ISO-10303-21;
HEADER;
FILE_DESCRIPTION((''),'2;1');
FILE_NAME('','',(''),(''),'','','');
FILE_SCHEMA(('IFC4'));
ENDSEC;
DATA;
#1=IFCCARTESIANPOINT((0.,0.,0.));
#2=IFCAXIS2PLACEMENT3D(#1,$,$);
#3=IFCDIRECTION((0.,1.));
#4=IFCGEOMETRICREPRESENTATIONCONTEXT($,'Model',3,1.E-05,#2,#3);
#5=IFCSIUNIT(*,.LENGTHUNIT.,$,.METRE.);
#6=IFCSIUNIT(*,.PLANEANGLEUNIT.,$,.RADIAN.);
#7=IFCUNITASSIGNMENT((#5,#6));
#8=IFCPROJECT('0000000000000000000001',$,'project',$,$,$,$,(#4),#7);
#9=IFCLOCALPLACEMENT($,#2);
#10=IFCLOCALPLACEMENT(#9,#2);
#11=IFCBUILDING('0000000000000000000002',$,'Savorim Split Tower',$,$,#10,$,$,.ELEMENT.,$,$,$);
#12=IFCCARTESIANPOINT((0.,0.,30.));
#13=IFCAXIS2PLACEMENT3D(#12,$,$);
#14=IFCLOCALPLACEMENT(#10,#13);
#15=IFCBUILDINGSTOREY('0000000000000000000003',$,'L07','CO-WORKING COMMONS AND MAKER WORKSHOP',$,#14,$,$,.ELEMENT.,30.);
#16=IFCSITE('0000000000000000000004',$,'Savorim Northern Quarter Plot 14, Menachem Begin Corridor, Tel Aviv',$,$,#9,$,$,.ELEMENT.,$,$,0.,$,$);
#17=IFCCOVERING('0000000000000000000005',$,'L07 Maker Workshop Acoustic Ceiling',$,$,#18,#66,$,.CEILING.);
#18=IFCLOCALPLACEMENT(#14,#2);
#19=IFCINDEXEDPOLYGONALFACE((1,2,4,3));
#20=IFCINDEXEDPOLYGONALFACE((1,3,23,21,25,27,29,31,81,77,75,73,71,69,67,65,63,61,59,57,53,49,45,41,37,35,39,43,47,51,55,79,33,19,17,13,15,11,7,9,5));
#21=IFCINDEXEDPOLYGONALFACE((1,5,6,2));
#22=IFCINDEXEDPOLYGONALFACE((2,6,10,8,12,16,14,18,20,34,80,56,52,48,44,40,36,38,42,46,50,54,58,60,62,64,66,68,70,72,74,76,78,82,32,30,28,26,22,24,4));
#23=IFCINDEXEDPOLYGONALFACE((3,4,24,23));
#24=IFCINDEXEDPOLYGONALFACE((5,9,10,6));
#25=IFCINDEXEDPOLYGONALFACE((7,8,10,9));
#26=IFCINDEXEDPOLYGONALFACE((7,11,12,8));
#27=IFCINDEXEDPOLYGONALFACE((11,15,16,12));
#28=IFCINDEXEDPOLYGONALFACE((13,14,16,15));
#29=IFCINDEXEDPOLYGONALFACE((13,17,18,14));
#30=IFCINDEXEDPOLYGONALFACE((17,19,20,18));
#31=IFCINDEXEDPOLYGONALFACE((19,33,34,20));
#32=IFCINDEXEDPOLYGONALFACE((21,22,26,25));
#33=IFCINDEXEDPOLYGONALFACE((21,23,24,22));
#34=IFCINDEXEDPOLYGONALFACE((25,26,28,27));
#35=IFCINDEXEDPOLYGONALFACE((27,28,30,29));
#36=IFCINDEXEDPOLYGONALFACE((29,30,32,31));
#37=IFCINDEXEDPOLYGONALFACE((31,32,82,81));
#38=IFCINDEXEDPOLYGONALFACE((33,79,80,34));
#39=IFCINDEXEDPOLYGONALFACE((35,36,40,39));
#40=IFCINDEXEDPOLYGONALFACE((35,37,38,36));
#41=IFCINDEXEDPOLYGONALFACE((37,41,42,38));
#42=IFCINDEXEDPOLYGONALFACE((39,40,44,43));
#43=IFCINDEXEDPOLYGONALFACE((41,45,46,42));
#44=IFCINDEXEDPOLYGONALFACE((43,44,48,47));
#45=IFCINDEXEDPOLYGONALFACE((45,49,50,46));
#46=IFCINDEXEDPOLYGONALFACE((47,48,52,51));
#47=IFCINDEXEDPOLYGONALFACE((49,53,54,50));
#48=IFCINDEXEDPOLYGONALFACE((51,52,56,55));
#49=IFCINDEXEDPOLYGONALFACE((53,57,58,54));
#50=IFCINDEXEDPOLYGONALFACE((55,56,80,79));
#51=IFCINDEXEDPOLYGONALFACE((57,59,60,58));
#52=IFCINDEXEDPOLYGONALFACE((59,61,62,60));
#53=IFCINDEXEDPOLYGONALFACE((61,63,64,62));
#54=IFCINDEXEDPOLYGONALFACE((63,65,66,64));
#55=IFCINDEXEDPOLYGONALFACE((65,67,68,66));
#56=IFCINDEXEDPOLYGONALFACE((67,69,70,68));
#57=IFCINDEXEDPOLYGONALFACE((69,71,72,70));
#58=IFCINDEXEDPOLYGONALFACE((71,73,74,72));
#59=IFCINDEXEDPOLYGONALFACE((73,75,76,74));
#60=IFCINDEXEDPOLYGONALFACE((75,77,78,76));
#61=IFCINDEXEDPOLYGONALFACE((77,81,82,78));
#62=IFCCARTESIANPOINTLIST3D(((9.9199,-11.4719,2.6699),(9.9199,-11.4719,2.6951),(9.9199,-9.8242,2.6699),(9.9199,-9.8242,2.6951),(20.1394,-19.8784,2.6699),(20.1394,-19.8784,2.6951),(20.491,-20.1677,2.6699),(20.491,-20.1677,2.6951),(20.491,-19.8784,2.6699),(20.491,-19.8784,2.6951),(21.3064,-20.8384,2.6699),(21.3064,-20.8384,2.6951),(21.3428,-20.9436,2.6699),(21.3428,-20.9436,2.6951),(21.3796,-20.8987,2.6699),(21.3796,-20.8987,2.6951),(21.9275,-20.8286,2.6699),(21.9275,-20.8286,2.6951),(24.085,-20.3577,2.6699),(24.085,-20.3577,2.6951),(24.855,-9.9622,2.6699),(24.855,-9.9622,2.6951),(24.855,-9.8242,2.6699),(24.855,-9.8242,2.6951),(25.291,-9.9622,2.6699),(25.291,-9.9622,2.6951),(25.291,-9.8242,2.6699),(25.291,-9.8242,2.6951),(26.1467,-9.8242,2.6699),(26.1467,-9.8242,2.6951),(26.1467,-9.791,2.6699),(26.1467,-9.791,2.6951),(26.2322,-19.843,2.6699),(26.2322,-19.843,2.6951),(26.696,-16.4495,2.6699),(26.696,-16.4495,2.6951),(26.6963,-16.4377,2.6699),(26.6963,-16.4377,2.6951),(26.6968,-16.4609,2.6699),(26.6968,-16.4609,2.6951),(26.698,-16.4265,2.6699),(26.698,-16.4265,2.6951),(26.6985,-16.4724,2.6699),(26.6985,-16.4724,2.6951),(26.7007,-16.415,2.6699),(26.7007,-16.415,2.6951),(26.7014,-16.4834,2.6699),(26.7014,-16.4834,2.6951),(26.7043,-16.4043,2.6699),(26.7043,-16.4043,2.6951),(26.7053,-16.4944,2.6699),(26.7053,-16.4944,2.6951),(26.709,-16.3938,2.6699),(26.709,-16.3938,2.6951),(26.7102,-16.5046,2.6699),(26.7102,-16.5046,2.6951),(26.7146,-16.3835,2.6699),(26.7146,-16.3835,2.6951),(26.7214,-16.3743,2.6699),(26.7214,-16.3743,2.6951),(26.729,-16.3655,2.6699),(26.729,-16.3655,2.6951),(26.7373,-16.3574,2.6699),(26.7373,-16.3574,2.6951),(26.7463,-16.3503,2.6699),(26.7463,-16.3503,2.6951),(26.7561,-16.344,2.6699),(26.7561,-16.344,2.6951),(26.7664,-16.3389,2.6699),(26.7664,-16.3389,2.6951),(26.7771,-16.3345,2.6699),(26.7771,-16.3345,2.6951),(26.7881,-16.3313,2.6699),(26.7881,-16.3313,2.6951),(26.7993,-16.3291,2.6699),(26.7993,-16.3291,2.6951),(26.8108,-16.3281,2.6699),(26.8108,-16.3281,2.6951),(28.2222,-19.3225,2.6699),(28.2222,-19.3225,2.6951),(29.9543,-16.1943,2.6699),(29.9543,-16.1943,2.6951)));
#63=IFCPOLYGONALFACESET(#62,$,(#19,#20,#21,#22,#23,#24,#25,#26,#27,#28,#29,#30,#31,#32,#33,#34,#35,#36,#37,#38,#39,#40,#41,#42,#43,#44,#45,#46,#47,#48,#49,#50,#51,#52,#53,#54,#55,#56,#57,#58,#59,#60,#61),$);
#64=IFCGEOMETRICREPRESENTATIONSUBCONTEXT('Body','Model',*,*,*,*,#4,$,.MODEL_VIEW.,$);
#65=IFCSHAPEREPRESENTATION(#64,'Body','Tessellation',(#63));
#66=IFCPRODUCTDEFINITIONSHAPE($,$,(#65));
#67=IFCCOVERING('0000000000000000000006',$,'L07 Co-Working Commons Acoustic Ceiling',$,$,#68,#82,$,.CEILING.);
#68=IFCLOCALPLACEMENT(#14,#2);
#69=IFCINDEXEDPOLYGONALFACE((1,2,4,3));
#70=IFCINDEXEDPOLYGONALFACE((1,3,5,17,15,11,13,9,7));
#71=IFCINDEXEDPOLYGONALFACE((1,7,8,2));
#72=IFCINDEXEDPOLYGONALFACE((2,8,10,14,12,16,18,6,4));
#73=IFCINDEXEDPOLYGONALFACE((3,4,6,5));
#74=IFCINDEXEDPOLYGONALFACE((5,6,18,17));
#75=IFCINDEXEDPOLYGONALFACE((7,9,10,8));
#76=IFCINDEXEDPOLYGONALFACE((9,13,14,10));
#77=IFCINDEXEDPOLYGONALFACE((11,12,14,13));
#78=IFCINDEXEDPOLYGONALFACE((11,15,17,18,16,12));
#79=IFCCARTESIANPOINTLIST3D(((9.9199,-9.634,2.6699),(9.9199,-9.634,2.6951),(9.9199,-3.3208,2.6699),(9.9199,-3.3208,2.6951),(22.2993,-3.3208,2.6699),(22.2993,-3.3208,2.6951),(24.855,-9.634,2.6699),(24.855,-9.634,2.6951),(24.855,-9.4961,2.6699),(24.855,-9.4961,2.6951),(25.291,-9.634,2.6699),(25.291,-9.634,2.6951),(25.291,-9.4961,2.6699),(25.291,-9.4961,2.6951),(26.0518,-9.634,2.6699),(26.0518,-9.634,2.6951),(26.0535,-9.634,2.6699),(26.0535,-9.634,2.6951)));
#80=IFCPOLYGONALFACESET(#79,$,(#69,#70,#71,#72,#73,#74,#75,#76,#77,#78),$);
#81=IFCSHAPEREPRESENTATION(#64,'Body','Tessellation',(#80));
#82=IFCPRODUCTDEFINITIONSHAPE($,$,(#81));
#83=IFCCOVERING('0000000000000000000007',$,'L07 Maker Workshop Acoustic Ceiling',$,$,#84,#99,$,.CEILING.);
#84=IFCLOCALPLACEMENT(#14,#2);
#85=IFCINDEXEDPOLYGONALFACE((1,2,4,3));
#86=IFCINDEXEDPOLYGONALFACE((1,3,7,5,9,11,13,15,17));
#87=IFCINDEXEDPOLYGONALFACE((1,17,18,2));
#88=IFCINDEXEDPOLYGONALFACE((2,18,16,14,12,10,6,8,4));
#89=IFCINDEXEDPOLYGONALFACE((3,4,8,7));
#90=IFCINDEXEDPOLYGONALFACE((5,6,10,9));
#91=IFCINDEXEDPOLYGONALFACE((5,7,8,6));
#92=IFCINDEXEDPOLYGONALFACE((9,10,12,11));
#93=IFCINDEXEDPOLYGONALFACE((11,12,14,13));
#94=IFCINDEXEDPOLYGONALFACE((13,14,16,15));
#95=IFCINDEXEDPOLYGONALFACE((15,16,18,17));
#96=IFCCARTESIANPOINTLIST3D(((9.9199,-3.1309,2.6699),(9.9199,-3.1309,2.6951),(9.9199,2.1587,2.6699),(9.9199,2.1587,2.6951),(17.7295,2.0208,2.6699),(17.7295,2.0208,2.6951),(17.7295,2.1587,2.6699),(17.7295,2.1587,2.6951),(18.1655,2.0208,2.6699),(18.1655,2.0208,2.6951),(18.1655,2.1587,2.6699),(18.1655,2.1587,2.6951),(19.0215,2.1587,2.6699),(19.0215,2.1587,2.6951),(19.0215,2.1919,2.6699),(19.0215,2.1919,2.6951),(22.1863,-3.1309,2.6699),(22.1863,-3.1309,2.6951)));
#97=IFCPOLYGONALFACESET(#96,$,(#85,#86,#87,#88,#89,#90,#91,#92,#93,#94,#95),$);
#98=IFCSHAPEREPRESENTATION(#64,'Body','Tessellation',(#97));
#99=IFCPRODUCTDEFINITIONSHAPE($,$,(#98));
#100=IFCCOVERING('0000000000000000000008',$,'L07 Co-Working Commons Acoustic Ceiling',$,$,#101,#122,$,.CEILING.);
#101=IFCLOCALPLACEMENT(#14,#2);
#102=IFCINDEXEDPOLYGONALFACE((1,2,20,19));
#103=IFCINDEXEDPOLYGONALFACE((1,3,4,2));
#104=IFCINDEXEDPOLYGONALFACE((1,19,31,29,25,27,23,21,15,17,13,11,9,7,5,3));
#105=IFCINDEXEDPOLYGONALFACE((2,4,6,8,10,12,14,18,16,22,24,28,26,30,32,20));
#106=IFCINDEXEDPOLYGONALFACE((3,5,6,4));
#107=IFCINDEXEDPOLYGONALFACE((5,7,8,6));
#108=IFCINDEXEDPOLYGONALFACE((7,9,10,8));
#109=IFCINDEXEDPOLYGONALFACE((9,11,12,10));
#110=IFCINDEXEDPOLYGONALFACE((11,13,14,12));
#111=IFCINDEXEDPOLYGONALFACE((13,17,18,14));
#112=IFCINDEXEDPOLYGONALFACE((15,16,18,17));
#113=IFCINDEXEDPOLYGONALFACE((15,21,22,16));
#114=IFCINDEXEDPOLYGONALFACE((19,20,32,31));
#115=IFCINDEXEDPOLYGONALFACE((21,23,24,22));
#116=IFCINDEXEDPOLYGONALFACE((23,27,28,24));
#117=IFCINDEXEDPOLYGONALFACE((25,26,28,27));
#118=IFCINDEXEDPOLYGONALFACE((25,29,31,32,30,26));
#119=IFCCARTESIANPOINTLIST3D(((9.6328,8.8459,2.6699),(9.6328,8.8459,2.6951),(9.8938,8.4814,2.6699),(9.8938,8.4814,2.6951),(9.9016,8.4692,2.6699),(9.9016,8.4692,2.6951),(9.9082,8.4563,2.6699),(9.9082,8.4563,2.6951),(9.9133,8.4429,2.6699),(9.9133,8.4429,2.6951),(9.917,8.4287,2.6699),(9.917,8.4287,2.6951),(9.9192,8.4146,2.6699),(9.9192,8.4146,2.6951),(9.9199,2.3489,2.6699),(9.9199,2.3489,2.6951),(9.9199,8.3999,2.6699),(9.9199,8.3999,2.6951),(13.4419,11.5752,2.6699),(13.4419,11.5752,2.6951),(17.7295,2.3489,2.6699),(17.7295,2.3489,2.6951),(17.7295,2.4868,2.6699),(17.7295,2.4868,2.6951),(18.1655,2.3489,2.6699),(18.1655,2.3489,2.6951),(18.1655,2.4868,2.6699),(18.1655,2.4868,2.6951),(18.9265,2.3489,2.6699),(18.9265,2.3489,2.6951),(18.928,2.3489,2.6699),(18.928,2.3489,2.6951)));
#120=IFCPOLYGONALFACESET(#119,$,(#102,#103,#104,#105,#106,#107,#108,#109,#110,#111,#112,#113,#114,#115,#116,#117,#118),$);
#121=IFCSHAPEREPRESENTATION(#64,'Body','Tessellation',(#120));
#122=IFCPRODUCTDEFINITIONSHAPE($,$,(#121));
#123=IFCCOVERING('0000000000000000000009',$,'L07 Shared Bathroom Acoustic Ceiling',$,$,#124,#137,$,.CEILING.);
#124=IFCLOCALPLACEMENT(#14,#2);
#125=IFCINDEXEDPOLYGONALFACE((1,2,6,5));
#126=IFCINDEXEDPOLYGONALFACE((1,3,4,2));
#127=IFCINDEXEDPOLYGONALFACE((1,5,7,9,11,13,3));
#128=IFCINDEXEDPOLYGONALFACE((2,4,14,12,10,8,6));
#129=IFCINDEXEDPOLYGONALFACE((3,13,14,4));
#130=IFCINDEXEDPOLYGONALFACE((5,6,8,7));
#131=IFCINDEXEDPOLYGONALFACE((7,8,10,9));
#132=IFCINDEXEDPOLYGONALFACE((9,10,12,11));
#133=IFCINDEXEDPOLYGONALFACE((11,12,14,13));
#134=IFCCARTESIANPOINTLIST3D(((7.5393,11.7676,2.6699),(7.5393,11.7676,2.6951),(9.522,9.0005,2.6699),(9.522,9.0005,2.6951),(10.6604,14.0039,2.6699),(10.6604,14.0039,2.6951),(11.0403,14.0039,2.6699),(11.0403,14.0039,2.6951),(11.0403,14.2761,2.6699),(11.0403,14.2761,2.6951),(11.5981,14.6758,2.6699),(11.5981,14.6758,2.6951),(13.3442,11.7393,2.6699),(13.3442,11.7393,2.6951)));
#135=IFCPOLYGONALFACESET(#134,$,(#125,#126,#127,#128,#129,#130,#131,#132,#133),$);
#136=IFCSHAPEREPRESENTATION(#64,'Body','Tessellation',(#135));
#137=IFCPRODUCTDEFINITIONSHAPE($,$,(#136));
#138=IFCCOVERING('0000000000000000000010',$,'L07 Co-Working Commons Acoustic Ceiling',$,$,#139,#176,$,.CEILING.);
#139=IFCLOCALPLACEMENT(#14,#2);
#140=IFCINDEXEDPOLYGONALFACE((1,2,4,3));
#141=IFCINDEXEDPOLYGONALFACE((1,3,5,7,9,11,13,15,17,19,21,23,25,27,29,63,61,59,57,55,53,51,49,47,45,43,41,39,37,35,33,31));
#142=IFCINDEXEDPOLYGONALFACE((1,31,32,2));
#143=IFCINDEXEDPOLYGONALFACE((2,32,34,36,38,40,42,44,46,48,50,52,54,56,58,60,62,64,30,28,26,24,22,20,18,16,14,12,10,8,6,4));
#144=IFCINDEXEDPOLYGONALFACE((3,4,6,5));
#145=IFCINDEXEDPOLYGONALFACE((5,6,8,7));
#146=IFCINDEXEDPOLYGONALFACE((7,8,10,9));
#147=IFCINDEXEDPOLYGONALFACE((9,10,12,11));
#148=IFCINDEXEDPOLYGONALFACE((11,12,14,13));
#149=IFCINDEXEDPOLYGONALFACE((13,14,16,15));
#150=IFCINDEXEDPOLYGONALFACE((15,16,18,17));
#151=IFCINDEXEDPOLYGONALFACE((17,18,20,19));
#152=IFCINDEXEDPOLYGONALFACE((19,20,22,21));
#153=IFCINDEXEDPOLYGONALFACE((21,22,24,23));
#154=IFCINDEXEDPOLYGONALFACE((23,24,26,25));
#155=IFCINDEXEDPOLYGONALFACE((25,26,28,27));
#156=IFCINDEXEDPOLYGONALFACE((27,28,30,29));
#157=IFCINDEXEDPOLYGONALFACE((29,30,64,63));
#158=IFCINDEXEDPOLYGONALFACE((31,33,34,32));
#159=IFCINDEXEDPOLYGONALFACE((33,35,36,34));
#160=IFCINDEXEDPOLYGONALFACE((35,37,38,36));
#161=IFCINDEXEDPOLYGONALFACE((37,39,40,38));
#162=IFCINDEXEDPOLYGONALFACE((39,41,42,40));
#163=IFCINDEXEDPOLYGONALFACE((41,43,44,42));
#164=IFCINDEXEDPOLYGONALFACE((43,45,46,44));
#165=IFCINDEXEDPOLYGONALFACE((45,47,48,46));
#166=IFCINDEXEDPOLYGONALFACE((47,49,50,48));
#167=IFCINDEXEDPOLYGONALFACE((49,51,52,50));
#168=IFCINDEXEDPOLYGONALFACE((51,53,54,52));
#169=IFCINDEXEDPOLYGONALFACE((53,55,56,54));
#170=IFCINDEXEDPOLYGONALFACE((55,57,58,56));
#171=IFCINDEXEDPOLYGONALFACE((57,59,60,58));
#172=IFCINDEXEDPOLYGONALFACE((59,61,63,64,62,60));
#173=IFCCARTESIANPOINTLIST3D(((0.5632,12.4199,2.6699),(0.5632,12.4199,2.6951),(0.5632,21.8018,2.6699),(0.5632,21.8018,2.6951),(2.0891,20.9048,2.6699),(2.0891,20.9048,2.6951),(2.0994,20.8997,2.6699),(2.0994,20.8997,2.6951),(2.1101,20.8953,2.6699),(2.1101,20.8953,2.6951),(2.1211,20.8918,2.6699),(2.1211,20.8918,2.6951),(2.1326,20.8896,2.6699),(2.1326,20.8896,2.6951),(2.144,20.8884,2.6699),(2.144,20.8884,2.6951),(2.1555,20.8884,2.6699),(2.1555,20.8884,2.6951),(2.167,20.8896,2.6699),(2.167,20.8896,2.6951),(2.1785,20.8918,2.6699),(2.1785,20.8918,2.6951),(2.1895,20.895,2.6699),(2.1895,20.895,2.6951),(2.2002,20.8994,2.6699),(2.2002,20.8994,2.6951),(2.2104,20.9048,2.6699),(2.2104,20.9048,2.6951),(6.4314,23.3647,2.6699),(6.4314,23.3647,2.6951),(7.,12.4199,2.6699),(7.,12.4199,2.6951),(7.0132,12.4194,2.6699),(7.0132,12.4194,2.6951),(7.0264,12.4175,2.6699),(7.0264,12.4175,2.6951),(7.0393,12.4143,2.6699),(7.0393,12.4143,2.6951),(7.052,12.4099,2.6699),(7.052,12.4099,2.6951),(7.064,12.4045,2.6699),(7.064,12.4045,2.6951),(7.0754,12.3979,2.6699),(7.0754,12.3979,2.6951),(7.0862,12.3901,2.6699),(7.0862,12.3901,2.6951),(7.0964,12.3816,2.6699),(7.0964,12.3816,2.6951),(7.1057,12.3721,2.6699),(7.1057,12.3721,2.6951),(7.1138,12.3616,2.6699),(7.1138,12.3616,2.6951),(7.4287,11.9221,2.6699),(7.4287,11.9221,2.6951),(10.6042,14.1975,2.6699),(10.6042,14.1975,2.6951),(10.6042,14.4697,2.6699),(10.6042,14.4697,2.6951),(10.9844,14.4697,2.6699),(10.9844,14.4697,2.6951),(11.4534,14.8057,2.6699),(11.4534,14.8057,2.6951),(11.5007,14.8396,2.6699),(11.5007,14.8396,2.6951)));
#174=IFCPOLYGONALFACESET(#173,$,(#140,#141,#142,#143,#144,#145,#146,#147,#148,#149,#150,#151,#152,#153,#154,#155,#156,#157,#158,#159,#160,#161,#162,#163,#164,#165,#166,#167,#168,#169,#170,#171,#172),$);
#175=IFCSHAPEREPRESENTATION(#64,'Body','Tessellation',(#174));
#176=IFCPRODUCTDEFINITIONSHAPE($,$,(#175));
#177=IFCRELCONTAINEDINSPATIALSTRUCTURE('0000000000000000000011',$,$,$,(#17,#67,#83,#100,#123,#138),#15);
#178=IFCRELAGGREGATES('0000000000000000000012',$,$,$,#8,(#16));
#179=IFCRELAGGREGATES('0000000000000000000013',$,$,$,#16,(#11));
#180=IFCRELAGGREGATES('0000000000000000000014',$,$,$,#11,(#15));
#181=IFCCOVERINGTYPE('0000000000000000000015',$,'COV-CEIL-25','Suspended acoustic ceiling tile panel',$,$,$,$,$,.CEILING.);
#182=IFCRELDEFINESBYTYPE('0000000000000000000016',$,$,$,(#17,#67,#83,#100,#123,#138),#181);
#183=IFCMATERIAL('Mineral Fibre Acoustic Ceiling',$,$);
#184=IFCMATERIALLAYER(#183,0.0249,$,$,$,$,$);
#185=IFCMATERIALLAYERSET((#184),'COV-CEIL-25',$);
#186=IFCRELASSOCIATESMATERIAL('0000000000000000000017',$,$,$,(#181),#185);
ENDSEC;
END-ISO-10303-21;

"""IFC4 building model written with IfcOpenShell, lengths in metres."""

from ifc_helpers import new_model, si_unit, direction, frame, origin, place, context, subcontext, project, spatial, polyline, outline, extrude, material, layer, layer_set, type_object, element, save


model = new_model("IFC4")

# Units and contexts
model_context = context("Model", 3, precision=1e-05, world=origin(), true_north=direction((0.0, 1.0)))
body_context = subcontext(model_context, "Body", "Model", "MODEL_VIEW")
ifc_project = project(units=[si_unit("LENGTHUNIT", "METRE"), si_unit("PLANEANGLEUNIT", "RADIAN")], contexts=[model_context])

# Site, building, storey
site_placement = place(None, origin())
site = spatial("IfcSite", under=ifc_project, at=site_placement, Name="Savorim Northern Quarter Plot 14, Menachem Begin Corridor, Tel Aviv", CompositionType="ELEMENT", RefElevation=0.0)
building_placement = place(site_placement, origin())
building = spatial("IfcBuilding", under=site, at=building_placement, Name="Savorim Split Tower", CompositionType="ELEMENT")
storey_placement = place(building_placement, frame((0.0, 0.0, 30.0)))
storey = spatial("IfcBuildingStorey", under=building, at=storey_placement, Name="L07", Description="CO-WORKING COMMONS AND MAKER WORKSHOP", CompositionType="ELEMENT", Elevation=30.0)

# Coverings
ifc_material_1 = material(Name="Mineral Fibre Acoustic Ceiling")
ifc_layer_1 = layer(ifc_material_1, 0.0249)
ifc_layer_set_1 = layer_set([ifc_layer_1], Name="COV-CEIL-25")
covering_type_1 = type_object("IfcCoveringType", Name="COV-CEIL-25", Description="Suspended acoustic ceiling tile panel", PredefinedType="CEILING", material=ifc_layer_set_1)
covering_1_placement = place(storey_placement, frame((0.0, 0.0, 2.6699)))
element("IfcCovering", 1, at=covering_1_placement, inside=storey, type_object=covering_type_1, Name="L07 Maker Workshop Acoustic Ceiling", PredefinedType="CEILING", context=body_context, shape_type="SweptSolid", body=[
    extrude(outline(polyline([(26.7881, -16.3313), (26.7993, -16.3291), (26.8108, -16.3281), (29.9543, -16.1943), (26.1467, -9.791), (26.1467, -9.8242), (25.291, -9.8242), (25.291, -9.9622), (24.855, -9.9622), (24.855, -9.8242), (9.9199, -9.8242), (9.9199, -11.4719), (20.1394, -19.8784), (20.491, -19.8784), (20.491, -20.1677), (21.3064, -20.8384), (21.3796, -20.8987), (21.3428, -20.9436), (21.9275, -20.8286), (24.085, -20.3577), (26.2322, -19.843), (28.2222, -19.3225), (26.7102, -16.5046), (26.7053, -16.4944), (26.7014, -16.4834), (26.6985, -16.4724), (26.6968, -16.4609), (26.696, -16.4495), (26.6963, -16.4377), (26.698, -16.4265), (26.7007, -16.415), (26.7043, -16.4043), (26.709, -16.3938), (26.7146, -16.3835), (26.7214, -16.3743), (26.729, -16.3655), (26.7373, -16.3574), (26.7463, -16.3503), (26.7561, -16.344), (26.7664, -16.3389), (26.7771, -16.3345), (26.7881, -16.3313)])), origin(), (0.0, 0.0, 1.0), 0.0251),
])
covering_2_placement = place(storey_placement, frame((0.0, 0.0, 2.6699)))
element("IfcCovering", 2, at=covering_2_placement, inside=storey, type_object=covering_type_1, Name="L07 Co-Working Commons Acoustic Ceiling", PredefinedType="CEILING", context=body_context, shape_type="SweptSolid", body=[
    extrude(outline(polyline([(25.291, -9.4961), (25.291, -9.634), (26.0518, -9.634), (26.0535, -9.634), (22.2993, -3.3208), (9.9199, -3.3208), (9.9199, -9.634), (24.855, -9.634), (24.855, -9.4961), (25.291, -9.4961)])), origin(), (0.0, 0.0, 1.0), 0.0251),
])
covering_3_placement = place(storey_placement, frame((0.0, 0.0, 2.6699)))
element("IfcCovering", 3, at=covering_3_placement, inside=storey, type_object=covering_type_1, Name="L07 Maker Workshop Acoustic Ceiling", PredefinedType="CEILING", context=body_context, shape_type="SweptSolid", body=[
    extrude(outline(polyline([(17.7295, 2.0208), (17.7295, 2.1587), (9.9199, 2.1587), (9.9199, -3.1309), (22.1863, -3.1309), (19.0215, 2.1919), (19.0215, 2.1587), (18.1655, 2.1587), (18.1655, 2.0208), (17.7295, 2.0208)])), origin(), (0.0, 0.0, 1.0), 0.0251),
])
covering_4_placement = place(storey_placement, frame((0.0, 0.0, 2.6699)))
element("IfcCovering", 4, at=covering_4_placement, inside=storey, type_object=covering_type_1, Name="L07 Co-Working Commons Acoustic Ceiling", PredefinedType="CEILING", context=body_context, shape_type="SweptSolid", body=[
    extrude(outline(polyline([(18.1655, 2.4868), (18.1655, 2.3489), (18.9265, 2.3489), (18.928, 2.3489), (13.4419, 11.5752), (9.6328, 8.8459), (9.8938, 8.4814), (9.9016, 8.4692), (9.9082, 8.4563), (9.9133, 8.4429), (9.917, 8.4287), (9.9192, 8.4146), (9.9199, 8.3999), (9.9199, 2.3489), (17.7295, 2.3489), (17.7295, 2.4868), (18.1655, 2.4868)])), origin(), (0.0, 0.0, 1.0), 0.0251),
])
covering_5_placement = place(storey_placement, frame((0.0, 0.0, 2.6699)))
element("IfcCovering", 5, at=covering_5_placement, inside=storey, type_object=covering_type_1, Name="L07 Shared Bathroom Acoustic Ceiling", PredefinedType="CEILING", context=body_context, shape_type="SweptSolid", body=[
    extrude(outline(polyline([(10.6604, 14.0039), (7.5393, 11.7676), (7.5393, 11.7676), (9.522, 9.0005), (13.3442, 11.7393), (11.5981, 14.6758), (11.0403, 14.2761), (11.0403, 14.0039), (10.6604, 14.0039)])), origin(), (0.0, 0.0, 1.0), 0.0251),
])
covering_6_placement = place(storey_placement, frame((0.0, 0.0, 2.6699)))
element("IfcCovering", 6, at=covering_6_placement, inside=storey, type_object=covering_type_1, Name="L07 Co-Working Commons Acoustic Ceiling", PredefinedType="CEILING", context=body_context, shape_type="SweptSolid", body=[
    extrude(outline(polyline([(2.1101, 20.8953), (2.0994, 20.8997), (2.0891, 20.9048), (0.5632, 21.8018), (0.5632, 12.4199), (7.0, 12.4199), (7.0132, 12.4194), (7.0264, 12.4175), (7.0393, 12.4143), (7.052, 12.4099), (7.064, 12.4045), (7.0754, 12.3979), (7.0862, 12.3901), (7.0964, 12.3816), (7.1057, 12.3721), (7.1138, 12.3616), (7.4287, 11.9221), (10.6042, 14.1975), (10.6042, 14.4697), (10.9844, 14.4697), (11.4534, 14.8057), (11.5007, 14.8396), (6.4314, 23.3647), (2.2104, 20.9048), (2.2002, 20.8994), (2.1895, 20.895), (2.1785, 20.8918), (2.167, 20.8896), (2.1555, 20.8884), (2.144, 20.8884), (2.1326, 20.8896), (2.1211, 20.8918), (2.1101, 20.8953)])), origin(), (0.0, 0.0, 1.0), 0.0251),
])

save(model, "model.ifc")
